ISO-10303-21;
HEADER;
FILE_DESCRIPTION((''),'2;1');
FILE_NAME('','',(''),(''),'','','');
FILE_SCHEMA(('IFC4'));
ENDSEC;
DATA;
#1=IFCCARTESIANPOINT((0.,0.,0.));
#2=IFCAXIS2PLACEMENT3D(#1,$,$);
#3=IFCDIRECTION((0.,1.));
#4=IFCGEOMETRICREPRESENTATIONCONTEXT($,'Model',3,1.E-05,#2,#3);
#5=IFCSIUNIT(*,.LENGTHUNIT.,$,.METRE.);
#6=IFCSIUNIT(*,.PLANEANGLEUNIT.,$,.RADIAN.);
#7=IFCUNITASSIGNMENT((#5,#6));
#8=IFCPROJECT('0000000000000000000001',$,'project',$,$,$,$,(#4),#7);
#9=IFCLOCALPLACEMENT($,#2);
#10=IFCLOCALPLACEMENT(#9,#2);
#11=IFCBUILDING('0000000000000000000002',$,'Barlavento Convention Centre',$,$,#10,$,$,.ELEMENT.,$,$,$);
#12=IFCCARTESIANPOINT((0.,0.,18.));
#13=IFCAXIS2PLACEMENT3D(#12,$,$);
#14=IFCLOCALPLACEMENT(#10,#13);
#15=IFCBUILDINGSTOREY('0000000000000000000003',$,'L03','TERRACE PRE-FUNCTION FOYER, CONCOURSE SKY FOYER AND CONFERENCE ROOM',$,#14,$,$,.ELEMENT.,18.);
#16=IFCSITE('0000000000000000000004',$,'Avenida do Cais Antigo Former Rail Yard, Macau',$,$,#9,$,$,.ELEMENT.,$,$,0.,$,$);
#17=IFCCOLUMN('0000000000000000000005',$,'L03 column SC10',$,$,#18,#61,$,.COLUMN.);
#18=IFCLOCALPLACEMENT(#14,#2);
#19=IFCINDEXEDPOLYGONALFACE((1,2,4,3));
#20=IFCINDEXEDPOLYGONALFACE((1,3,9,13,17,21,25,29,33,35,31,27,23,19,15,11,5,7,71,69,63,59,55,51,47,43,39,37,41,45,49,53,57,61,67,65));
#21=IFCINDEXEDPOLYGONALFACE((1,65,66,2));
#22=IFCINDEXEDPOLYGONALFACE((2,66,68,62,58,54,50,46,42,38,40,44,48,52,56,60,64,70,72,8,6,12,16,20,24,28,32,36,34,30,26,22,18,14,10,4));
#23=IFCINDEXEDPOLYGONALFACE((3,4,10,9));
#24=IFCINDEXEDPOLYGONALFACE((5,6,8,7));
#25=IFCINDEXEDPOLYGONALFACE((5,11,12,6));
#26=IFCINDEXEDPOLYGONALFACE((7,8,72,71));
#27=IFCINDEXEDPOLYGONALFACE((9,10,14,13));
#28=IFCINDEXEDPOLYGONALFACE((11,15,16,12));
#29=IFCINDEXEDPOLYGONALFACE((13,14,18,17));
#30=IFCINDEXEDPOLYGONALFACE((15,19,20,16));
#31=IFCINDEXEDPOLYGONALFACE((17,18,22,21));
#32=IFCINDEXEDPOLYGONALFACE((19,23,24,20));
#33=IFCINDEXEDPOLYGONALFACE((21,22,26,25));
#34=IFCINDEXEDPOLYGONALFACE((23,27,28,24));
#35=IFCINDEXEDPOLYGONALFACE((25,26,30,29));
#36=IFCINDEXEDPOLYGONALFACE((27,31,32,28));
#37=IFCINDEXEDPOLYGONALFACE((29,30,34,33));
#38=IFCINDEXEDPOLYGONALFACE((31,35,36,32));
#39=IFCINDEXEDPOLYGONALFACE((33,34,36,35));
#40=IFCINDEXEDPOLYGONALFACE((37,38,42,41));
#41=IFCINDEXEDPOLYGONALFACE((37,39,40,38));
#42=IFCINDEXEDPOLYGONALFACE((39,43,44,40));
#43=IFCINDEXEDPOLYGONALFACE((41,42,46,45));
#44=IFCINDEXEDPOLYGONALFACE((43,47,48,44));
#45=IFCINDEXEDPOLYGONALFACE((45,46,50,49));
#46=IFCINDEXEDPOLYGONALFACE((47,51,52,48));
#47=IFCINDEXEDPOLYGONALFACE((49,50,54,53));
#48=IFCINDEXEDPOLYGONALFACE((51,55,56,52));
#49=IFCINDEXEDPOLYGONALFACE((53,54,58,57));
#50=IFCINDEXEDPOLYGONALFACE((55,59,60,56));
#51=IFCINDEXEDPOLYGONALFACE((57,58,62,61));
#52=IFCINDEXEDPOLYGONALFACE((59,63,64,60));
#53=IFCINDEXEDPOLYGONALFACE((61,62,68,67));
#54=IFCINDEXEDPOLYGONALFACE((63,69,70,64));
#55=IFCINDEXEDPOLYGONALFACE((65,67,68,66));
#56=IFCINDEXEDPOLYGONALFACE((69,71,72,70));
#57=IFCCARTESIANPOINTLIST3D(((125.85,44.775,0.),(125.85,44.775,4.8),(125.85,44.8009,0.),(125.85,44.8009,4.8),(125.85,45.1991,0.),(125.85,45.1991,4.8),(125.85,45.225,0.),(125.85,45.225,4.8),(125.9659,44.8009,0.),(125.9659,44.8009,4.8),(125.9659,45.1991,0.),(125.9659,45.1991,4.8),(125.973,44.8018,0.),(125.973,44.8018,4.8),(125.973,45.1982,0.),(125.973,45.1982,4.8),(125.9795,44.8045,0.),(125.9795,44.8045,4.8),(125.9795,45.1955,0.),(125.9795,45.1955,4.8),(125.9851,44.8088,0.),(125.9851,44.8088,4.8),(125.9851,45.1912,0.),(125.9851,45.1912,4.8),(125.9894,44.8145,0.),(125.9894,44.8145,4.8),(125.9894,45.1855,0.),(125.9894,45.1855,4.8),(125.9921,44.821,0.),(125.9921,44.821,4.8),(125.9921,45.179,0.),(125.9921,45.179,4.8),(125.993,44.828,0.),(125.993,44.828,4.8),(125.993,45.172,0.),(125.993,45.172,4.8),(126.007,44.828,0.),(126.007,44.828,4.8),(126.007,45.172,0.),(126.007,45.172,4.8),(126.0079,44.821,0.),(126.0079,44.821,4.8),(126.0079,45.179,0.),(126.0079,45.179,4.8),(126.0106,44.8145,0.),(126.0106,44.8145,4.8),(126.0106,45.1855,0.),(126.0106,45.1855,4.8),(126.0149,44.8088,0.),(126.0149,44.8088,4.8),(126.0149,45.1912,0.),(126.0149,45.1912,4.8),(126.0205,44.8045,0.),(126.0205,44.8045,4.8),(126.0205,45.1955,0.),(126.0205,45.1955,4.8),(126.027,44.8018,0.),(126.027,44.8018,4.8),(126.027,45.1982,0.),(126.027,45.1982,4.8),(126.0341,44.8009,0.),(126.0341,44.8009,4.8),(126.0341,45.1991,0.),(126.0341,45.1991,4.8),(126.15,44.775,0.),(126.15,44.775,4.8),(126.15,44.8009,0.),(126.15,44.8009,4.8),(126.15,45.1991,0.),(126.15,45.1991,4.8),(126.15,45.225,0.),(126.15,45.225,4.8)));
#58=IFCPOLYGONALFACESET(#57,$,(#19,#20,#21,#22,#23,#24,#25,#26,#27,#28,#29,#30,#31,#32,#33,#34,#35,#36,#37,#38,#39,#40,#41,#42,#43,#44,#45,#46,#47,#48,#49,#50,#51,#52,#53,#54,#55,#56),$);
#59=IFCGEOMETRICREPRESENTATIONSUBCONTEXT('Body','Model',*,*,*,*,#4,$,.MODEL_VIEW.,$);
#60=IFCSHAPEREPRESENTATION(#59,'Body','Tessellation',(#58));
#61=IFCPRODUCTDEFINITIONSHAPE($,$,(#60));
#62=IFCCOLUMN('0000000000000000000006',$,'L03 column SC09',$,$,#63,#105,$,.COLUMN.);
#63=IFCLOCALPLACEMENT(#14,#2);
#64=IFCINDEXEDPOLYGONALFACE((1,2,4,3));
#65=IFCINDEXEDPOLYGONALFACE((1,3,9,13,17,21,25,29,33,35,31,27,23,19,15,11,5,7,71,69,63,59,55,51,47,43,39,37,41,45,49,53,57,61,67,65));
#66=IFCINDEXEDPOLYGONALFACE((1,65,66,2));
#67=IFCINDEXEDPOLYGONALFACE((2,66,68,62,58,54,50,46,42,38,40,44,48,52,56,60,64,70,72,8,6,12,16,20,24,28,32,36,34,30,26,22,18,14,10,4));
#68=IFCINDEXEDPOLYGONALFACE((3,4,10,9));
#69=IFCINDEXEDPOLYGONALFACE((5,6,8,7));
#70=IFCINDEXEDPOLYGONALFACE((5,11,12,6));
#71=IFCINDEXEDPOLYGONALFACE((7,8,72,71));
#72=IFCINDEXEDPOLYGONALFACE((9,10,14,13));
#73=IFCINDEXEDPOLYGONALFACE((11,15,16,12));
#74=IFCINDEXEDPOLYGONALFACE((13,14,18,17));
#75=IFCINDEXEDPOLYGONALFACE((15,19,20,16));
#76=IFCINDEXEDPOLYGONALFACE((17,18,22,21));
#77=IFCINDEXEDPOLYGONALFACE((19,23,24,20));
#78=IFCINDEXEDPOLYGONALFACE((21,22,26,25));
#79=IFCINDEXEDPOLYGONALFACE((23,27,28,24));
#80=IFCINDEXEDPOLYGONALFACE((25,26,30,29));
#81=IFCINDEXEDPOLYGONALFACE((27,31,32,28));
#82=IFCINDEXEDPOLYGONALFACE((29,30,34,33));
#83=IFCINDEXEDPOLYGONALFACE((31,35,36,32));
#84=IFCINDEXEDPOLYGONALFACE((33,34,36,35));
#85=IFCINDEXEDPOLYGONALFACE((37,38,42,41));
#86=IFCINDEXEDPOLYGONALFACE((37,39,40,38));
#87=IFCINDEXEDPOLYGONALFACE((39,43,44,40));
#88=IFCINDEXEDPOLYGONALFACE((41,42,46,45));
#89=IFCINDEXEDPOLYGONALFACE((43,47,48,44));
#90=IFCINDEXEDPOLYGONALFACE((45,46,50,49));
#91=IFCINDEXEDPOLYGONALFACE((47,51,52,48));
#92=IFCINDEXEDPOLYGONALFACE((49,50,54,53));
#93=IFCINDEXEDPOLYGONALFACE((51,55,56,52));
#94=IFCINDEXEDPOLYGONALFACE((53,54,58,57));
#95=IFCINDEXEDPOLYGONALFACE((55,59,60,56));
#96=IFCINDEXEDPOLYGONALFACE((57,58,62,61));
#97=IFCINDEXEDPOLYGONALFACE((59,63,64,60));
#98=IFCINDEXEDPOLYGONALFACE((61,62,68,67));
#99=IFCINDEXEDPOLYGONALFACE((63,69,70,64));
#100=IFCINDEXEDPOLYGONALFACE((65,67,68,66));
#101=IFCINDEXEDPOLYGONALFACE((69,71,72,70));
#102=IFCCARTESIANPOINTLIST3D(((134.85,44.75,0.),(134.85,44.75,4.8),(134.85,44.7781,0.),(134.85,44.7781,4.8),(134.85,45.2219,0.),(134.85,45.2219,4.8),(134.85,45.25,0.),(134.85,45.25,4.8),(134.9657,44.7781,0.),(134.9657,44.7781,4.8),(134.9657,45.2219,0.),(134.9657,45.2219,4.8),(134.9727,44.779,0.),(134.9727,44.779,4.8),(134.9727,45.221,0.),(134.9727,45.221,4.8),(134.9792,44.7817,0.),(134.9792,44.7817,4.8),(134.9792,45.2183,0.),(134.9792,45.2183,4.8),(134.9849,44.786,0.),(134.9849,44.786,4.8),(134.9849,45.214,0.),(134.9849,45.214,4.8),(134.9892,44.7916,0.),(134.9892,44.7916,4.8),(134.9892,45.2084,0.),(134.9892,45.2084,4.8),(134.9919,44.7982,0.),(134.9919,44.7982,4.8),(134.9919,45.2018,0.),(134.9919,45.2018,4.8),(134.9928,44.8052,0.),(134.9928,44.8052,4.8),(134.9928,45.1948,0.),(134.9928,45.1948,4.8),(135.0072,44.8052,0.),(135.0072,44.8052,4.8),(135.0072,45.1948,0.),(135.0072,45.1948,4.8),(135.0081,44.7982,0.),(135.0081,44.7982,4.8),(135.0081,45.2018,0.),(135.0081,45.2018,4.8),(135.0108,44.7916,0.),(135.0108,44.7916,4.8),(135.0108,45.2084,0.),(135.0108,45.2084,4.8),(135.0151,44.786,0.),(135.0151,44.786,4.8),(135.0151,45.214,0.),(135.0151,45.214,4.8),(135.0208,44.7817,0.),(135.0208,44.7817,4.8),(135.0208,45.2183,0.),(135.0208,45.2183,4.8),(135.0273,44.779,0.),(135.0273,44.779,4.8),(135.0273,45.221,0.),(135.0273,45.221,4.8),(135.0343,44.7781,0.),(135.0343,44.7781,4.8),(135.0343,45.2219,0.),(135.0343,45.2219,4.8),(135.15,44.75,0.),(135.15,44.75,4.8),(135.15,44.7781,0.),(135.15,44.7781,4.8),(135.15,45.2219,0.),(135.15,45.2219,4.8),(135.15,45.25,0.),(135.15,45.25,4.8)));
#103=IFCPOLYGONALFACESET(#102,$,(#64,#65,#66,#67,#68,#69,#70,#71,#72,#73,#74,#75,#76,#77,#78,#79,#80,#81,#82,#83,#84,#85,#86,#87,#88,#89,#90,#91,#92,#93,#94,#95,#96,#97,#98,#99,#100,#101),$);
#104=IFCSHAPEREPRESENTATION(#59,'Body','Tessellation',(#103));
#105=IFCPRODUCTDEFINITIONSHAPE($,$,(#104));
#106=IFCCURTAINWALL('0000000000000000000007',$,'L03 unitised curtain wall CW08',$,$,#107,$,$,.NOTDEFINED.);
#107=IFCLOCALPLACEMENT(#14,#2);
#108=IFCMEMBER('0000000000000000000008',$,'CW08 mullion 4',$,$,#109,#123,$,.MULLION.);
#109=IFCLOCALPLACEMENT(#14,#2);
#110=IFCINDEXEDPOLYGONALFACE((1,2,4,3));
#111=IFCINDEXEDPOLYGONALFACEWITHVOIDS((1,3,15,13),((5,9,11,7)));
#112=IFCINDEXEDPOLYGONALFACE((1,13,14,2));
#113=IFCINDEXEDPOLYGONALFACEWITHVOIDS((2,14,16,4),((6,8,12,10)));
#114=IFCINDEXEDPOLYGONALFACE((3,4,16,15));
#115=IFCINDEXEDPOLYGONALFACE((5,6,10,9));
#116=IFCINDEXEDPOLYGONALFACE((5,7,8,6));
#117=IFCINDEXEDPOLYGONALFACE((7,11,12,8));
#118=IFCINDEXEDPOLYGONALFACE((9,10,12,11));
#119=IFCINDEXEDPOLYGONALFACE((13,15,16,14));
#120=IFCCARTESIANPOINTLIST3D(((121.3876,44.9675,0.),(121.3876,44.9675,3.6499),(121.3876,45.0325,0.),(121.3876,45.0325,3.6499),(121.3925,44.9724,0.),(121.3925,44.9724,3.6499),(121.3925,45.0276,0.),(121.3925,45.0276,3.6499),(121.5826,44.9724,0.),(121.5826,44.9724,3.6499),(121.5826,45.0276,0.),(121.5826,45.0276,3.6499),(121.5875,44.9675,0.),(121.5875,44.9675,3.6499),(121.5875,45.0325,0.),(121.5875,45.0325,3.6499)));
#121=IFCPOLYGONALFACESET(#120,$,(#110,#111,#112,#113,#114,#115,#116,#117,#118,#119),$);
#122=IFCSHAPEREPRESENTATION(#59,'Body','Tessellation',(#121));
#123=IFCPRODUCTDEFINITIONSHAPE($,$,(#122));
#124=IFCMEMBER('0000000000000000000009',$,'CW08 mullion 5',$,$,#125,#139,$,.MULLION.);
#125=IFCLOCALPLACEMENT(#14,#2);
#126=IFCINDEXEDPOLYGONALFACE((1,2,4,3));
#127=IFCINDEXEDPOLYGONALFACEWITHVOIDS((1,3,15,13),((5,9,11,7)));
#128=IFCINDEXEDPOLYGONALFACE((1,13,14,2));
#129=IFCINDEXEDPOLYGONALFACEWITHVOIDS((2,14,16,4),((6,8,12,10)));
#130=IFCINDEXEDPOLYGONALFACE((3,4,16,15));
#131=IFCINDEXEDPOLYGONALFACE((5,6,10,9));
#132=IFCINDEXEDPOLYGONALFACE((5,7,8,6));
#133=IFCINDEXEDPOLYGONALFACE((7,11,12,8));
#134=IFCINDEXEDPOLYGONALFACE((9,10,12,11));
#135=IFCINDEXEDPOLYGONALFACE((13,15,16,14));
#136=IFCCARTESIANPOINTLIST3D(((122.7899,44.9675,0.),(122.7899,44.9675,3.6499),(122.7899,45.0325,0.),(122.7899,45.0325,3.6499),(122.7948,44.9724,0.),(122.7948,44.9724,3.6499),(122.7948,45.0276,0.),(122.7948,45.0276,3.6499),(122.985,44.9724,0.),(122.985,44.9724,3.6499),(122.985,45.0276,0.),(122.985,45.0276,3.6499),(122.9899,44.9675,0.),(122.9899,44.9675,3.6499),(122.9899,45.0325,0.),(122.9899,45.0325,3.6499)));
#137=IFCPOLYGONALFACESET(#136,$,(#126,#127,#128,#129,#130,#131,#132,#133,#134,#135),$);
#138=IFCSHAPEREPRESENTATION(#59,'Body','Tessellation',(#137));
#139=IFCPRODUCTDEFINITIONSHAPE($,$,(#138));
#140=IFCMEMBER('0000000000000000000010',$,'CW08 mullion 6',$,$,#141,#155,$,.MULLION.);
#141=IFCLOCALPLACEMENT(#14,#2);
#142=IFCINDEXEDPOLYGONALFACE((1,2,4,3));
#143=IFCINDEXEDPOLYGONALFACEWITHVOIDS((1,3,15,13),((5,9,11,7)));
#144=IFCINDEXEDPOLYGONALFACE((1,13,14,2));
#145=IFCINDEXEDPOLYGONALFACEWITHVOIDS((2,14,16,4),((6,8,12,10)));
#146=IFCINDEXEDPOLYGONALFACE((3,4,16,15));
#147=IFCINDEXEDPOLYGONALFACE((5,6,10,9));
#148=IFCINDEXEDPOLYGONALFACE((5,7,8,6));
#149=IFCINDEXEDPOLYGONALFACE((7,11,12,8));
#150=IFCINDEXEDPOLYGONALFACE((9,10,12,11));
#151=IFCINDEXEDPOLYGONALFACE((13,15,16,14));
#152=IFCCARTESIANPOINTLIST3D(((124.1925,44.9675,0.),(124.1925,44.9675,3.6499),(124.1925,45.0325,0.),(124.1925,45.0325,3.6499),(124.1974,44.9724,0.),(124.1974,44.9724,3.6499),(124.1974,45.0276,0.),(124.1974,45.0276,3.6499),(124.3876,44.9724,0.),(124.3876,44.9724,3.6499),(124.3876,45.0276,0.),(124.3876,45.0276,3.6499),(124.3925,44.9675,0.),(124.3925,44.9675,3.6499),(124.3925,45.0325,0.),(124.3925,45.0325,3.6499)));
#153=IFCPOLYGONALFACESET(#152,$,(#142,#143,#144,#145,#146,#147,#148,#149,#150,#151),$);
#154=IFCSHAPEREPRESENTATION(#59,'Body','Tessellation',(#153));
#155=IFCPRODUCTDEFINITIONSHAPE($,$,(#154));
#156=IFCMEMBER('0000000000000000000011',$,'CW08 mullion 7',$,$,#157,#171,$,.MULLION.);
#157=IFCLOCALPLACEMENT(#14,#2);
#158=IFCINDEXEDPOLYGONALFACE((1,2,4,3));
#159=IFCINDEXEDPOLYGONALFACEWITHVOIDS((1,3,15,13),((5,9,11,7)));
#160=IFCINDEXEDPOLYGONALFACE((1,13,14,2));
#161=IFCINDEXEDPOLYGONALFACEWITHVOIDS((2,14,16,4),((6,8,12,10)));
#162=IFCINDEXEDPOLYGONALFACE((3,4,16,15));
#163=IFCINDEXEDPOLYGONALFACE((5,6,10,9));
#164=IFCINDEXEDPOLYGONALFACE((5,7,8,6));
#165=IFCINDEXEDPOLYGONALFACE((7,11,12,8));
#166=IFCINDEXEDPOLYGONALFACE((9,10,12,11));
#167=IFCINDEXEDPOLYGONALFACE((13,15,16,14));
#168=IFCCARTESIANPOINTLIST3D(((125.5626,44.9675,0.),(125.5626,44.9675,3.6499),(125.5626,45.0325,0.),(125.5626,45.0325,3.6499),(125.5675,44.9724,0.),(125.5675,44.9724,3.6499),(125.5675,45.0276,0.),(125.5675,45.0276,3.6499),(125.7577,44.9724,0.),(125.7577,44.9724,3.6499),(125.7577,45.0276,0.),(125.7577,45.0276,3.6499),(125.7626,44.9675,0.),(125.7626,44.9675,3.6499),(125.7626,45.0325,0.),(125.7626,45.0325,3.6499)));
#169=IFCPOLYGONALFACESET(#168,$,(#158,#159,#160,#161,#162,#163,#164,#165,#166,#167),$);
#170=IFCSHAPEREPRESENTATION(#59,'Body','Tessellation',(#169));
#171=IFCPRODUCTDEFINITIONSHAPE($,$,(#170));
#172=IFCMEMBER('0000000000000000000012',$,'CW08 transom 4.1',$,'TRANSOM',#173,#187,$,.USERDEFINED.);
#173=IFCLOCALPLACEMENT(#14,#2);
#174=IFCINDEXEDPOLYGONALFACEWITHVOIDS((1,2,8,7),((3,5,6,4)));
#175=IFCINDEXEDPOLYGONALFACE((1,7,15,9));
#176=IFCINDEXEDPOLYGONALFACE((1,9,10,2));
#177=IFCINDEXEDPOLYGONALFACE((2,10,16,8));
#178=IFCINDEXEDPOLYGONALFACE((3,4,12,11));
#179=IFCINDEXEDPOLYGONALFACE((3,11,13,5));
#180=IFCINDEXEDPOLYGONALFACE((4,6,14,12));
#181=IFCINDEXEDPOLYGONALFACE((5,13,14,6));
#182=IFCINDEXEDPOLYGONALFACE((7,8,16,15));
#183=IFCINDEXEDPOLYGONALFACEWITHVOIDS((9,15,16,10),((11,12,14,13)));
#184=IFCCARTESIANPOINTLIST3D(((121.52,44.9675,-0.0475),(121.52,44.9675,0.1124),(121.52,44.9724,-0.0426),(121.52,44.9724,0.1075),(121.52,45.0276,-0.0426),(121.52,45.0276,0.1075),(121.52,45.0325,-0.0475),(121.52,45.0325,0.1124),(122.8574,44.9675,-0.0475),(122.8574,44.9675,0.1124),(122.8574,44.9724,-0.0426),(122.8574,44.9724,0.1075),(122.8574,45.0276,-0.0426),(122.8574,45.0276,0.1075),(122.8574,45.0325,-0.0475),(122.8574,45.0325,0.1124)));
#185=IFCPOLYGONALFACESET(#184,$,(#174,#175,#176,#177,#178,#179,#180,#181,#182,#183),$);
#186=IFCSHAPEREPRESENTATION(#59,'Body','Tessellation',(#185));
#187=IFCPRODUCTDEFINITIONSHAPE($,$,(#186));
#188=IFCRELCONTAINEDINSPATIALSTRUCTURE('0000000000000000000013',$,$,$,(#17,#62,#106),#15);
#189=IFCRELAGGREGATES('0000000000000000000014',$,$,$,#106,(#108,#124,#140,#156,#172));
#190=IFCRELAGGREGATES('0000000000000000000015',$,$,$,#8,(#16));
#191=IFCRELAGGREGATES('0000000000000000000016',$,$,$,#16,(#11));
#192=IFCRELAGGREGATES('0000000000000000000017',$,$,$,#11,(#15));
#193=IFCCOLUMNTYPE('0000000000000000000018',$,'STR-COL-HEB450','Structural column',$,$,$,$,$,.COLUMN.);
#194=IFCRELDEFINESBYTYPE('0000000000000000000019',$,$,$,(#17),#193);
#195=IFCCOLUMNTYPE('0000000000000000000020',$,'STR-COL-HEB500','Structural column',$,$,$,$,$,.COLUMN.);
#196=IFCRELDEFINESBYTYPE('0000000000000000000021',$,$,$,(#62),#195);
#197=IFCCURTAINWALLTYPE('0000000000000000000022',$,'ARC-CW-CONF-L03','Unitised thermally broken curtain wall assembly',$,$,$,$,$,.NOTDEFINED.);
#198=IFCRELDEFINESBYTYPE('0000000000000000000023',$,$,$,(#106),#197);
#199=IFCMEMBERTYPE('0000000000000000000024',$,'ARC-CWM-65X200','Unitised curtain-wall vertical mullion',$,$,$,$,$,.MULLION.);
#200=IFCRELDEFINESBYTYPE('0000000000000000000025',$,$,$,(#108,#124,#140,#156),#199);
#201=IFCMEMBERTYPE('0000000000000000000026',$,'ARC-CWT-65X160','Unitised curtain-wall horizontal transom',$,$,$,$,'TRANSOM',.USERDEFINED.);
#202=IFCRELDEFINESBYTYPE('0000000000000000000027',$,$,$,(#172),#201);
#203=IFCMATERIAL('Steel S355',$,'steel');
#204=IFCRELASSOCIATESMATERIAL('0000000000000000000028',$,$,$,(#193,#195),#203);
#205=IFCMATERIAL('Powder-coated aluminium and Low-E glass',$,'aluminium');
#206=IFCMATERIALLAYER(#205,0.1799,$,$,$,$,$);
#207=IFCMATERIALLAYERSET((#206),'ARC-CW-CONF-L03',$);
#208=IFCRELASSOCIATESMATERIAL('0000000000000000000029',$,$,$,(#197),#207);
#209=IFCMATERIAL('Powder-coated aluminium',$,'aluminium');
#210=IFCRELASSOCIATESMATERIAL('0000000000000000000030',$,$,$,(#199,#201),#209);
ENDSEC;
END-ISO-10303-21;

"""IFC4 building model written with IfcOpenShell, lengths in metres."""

from ifc_helpers import new_model, si_unit, direction, frame, origin, origin_2d, place, context, subcontext, project, spatial, hollow_rectangle, i_section, extrude, material, layer, layer_set, material_profile, profile_set, type_object, element, aggregate, save


model = new_model("IFC4")

# Units and contexts
model_context = context("Model", 3, precision=1e-05, world=origin(), true_north=direction((0.0, 1.0)))
body_context = subcontext(model_context, "Body", "Model", "MODEL_VIEW")
ifc_project = project(units=[si_unit("LENGTHUNIT", "METRE"), si_unit("PLANEANGLEUNIT", "RADIAN")], contexts=[model_context])

# Site, building, storey
site_placement = place(None, origin())
site = spatial("IfcSite", under=ifc_project, at=site_placement, Name="Avenida do Cais Antigo Former Rail Yard, Macau", CompositionType="ELEMENT", RefElevation=0.0)
building_placement = place(site_placement, origin())
building = spatial("IfcBuilding", under=site, at=building_placement, Name="Barlavento Convention Centre", CompositionType="ELEMENT")
storey_placement = place(building_placement, frame((0.0, 0.0, 18.0)))
storey = spatial("IfcBuildingStorey", under=building, at=storey_placement, Name="L03", Description="TERRACE PRE-FUNCTION FOYER, CONCOURSE SKY FOYER AND CONFERENCE ROOM", CompositionType="ELEMENT", Elevation=18.0)

# Columns
ifc_material_1 = material(Name="Steel S355", Category="steel")
ifc_material_profile_1 = material_profile(ifc_material_1, i_section(OverallWidth=0.3, OverallDepth=0.45, WebThickness=0.0139, FlangeThickness=0.0259, FilletRadius=0.0271, at=origin_2d()), Name="HEB 450")
ifc_profile_set_1 = profile_set([ifc_material_profile_1], Name="Steel S355")
column_type_1 = type_object("IfcColumnType", Name="STR-COL-HEB450", Description="Structural column", PredefinedType="COLUMN", material=ifc_profile_set_1)
column_1_placement = place(storey_placement, frame((126.0, 45.0, 0.0), z_axis=(0.0, 0.0, 1.0), x_axis=(1.0, 0.0, 0.0)))
element("IfcColumn", 1, at=column_1_placement, inside=storey, type_object=column_type_1, Name="L03 column SC10", PredefinedType="COLUMN", context=body_context, shape_type="SweptSolid", body=[
    extrude(i_section(OverallWidth=0.3, OverallDepth=0.45, WebThickness=0.0139, FlangeThickness=0.0259, FilletRadius=0.0271, at=origin_2d()), origin(), (0.0, 0.0, 1.0), 4.8),
])
ifc_material_profile_2 = material_profile(ifc_material_1, i_section(OverallWidth=0.3, OverallDepth=0.5, WebThickness=0.0144, FlangeThickness=0.0281, FilletRadius=0.0271, at=origin_2d()), Name="HEB 500")
ifc_profile_set_2 = profile_set([ifc_material_profile_2], Name="Steel S355")
column_type_2 = type_object("IfcColumnType", Name="STR-COL-HEB500", Description="Structural column", PredefinedType="COLUMN", material=ifc_profile_set_2)
column_2_placement = place(storey_placement, frame((135.0, 45.0, 0.0), z_axis=(0.0, 0.0, 1.0), x_axis=(1.0, 0.0, 0.0)))
element("IfcColumn", 2, at=column_2_placement, inside=storey, type_object=column_type_2, Name="L03 column SC09", PredefinedType="COLUMN", context=body_context, shape_type="SweptSolid", body=[
    extrude(i_section(OverallWidth=0.3, OverallDepth=0.5, WebThickness=0.0144, FlangeThickness=0.0281, FilletRadius=0.0271, at=origin_2d()), origin(), (0.0, 0.0, 1.0), 4.8),
])

# Curtain wall, members
ifc_material_2 = material(Name="Powder-coated aluminium and Low-E glass", Category="aluminium")
ifc_layer_1 = layer(ifc_material_2, 0.1799)
ifc_layer_set_1 = layer_set([ifc_layer_1], Name="ARC-CW-CONF-L03")
curtain_wall_type = type_object("IfcCurtainWallType", Name="ARC-CW-CONF-L03", Description="Unitised thermally broken curtain wall assembly", PredefinedType="NOTDEFINED", material=ifc_layer_set_1)
curtain_wall_placement = place(storey_placement, origin())
curtain_wall = element("IfcCurtainWall", 3, at=curtain_wall_placement, inside=storey, type_object=curtain_wall_type, Name="L03 unitised curtain wall CW08", PredefinedType="NOTDEFINED")
ifc_material_3 = material(Name="Powder-coated aluminium", Category="aluminium")
ifc_material_profile_3 = material_profile(ifc_material_3, hollow_rectangle(XDim=0.0649, YDim=0.2, WallThickness=0.0049, at=origin_2d()), Name="AL-MULL 65x200x5")
ifc_profile_set_3 = profile_set([ifc_material_profile_3], Name="Powder-coated aluminium")
member_type_1 = type_object("IfcMemberType", Name="ARC-CWM-65X200", Description="Unitised curtain-wall vertical mullion", PredefinedType="MULLION", material=ifc_profile_set_3)
member_1_placement = place(storey_placement, frame((121.4875, 45.0, 0.0), z_axis=(0.0, 0.0, 1.0), x_axis=(0.0, 1.0, 0.0)))
member_1 = element("IfcMember", 4, at=member_1_placement, type_object=member_type_1, Name="CW08 mullion 4", PredefinedType="MULLION", context=body_context, shape_type="SweptSolid", body=[
    extrude(hollow_rectangle(XDim=0.0649, YDim=0.2, WallThickness=0.0049, at=origin_2d()), origin(), (0.0, 0.0, 1.0), 3.6499),
])
member_2_placement = place(storey_placement, frame((122.8899, 45.0, 0.0), z_axis=(0.0, 0.0, 1.0), x_axis=(0.0, 1.0, 0.0)))
member_2 = element("IfcMember", 5, at=member_2_placement, type_object=member_type_1, Name="CW08 mullion 5", PredefinedType="MULLION", context=body_context, shape_type="SweptSolid", body=[
    extrude(hollow_rectangle(XDim=0.0649, YDim=0.2, WallThickness=0.0049, at=origin_2d()), origin(), (0.0, 0.0, 1.0), 3.6499),
])
member_3_placement = place(storey_placement, frame((124.2925, 45.0, 0.0), z_axis=(0.0, 0.0, 1.0), x_axis=(0.0, 1.0, 0.0)))
member_3 = element("IfcMember", 6, at=member_3_placement, type_object=member_type_1, Name="CW08 mullion 6", PredefinedType="MULLION", context=body_context, shape_type="SweptSolid", body=[
    extrude(hollow_rectangle(XDim=0.0649, YDim=0.2, WallThickness=0.0049, at=origin_2d()), origin(), (0.0, 0.0, 1.0), 3.6499),
])
member_4_placement = place(storey_placement, frame((125.6626, 45.0, 0.0), z_axis=(0.0, 0.0, 1.0), x_axis=(0.0, 1.0, 0.0)))
member_4 = element("IfcMember", 7, at=member_4_placement, type_object=member_type_1, Name="CW08 mullion 7", PredefinedType="MULLION", context=body_context, shape_type="SweptSolid", body=[
    extrude(hollow_rectangle(XDim=0.0649, YDim=0.2, WallThickness=0.0049, at=origin_2d()), origin(), (0.0, 0.0, 1.0), 3.6499),
])
ifc_material_profile_4 = material_profile(ifc_material_3, hollow_rectangle(XDim=0.0649, YDim=0.1599, WallThickness=0.0049, at=origin_2d()), Name="AL-TRAN 65x160x5")
ifc_profile_set_4 = profile_set([ifc_material_profile_4], Name="Powder-coated aluminium")
member_type_2 = type_object("IfcMemberType", Name="ARC-CWT-65X160", Description="Unitised curtain-wall horizontal transom", ElementType="TRANSOM", PredefinedType="USERDEFINED", material=ifc_profile_set_4)
member_5_placement = place(storey_placement, frame((121.52, 45.0, 0.0325), z_axis=(1.0, 0.0, 0.0), x_axis=(0.0, 1.0, 0.0)))
member_5 = element("IfcMember", 8, at=member_5_placement, type_object=member_type_2, Name="CW08 transom 4.1", ObjectType="TRANSOM", PredefinedType="USERDEFINED", context=body_context, shape_type="SweptSolid", body=[
    extrude(hollow_rectangle(XDim=0.0649, YDim=0.1599, WallThickness=0.0049, at=origin_2d()), origin(), (0.0, 0.0, 1.0), 1.3374),
])

aggregate(curtain_wall, [member_1, member_2, member_3, member_4, member_5])

save(model, "model.ifc")
